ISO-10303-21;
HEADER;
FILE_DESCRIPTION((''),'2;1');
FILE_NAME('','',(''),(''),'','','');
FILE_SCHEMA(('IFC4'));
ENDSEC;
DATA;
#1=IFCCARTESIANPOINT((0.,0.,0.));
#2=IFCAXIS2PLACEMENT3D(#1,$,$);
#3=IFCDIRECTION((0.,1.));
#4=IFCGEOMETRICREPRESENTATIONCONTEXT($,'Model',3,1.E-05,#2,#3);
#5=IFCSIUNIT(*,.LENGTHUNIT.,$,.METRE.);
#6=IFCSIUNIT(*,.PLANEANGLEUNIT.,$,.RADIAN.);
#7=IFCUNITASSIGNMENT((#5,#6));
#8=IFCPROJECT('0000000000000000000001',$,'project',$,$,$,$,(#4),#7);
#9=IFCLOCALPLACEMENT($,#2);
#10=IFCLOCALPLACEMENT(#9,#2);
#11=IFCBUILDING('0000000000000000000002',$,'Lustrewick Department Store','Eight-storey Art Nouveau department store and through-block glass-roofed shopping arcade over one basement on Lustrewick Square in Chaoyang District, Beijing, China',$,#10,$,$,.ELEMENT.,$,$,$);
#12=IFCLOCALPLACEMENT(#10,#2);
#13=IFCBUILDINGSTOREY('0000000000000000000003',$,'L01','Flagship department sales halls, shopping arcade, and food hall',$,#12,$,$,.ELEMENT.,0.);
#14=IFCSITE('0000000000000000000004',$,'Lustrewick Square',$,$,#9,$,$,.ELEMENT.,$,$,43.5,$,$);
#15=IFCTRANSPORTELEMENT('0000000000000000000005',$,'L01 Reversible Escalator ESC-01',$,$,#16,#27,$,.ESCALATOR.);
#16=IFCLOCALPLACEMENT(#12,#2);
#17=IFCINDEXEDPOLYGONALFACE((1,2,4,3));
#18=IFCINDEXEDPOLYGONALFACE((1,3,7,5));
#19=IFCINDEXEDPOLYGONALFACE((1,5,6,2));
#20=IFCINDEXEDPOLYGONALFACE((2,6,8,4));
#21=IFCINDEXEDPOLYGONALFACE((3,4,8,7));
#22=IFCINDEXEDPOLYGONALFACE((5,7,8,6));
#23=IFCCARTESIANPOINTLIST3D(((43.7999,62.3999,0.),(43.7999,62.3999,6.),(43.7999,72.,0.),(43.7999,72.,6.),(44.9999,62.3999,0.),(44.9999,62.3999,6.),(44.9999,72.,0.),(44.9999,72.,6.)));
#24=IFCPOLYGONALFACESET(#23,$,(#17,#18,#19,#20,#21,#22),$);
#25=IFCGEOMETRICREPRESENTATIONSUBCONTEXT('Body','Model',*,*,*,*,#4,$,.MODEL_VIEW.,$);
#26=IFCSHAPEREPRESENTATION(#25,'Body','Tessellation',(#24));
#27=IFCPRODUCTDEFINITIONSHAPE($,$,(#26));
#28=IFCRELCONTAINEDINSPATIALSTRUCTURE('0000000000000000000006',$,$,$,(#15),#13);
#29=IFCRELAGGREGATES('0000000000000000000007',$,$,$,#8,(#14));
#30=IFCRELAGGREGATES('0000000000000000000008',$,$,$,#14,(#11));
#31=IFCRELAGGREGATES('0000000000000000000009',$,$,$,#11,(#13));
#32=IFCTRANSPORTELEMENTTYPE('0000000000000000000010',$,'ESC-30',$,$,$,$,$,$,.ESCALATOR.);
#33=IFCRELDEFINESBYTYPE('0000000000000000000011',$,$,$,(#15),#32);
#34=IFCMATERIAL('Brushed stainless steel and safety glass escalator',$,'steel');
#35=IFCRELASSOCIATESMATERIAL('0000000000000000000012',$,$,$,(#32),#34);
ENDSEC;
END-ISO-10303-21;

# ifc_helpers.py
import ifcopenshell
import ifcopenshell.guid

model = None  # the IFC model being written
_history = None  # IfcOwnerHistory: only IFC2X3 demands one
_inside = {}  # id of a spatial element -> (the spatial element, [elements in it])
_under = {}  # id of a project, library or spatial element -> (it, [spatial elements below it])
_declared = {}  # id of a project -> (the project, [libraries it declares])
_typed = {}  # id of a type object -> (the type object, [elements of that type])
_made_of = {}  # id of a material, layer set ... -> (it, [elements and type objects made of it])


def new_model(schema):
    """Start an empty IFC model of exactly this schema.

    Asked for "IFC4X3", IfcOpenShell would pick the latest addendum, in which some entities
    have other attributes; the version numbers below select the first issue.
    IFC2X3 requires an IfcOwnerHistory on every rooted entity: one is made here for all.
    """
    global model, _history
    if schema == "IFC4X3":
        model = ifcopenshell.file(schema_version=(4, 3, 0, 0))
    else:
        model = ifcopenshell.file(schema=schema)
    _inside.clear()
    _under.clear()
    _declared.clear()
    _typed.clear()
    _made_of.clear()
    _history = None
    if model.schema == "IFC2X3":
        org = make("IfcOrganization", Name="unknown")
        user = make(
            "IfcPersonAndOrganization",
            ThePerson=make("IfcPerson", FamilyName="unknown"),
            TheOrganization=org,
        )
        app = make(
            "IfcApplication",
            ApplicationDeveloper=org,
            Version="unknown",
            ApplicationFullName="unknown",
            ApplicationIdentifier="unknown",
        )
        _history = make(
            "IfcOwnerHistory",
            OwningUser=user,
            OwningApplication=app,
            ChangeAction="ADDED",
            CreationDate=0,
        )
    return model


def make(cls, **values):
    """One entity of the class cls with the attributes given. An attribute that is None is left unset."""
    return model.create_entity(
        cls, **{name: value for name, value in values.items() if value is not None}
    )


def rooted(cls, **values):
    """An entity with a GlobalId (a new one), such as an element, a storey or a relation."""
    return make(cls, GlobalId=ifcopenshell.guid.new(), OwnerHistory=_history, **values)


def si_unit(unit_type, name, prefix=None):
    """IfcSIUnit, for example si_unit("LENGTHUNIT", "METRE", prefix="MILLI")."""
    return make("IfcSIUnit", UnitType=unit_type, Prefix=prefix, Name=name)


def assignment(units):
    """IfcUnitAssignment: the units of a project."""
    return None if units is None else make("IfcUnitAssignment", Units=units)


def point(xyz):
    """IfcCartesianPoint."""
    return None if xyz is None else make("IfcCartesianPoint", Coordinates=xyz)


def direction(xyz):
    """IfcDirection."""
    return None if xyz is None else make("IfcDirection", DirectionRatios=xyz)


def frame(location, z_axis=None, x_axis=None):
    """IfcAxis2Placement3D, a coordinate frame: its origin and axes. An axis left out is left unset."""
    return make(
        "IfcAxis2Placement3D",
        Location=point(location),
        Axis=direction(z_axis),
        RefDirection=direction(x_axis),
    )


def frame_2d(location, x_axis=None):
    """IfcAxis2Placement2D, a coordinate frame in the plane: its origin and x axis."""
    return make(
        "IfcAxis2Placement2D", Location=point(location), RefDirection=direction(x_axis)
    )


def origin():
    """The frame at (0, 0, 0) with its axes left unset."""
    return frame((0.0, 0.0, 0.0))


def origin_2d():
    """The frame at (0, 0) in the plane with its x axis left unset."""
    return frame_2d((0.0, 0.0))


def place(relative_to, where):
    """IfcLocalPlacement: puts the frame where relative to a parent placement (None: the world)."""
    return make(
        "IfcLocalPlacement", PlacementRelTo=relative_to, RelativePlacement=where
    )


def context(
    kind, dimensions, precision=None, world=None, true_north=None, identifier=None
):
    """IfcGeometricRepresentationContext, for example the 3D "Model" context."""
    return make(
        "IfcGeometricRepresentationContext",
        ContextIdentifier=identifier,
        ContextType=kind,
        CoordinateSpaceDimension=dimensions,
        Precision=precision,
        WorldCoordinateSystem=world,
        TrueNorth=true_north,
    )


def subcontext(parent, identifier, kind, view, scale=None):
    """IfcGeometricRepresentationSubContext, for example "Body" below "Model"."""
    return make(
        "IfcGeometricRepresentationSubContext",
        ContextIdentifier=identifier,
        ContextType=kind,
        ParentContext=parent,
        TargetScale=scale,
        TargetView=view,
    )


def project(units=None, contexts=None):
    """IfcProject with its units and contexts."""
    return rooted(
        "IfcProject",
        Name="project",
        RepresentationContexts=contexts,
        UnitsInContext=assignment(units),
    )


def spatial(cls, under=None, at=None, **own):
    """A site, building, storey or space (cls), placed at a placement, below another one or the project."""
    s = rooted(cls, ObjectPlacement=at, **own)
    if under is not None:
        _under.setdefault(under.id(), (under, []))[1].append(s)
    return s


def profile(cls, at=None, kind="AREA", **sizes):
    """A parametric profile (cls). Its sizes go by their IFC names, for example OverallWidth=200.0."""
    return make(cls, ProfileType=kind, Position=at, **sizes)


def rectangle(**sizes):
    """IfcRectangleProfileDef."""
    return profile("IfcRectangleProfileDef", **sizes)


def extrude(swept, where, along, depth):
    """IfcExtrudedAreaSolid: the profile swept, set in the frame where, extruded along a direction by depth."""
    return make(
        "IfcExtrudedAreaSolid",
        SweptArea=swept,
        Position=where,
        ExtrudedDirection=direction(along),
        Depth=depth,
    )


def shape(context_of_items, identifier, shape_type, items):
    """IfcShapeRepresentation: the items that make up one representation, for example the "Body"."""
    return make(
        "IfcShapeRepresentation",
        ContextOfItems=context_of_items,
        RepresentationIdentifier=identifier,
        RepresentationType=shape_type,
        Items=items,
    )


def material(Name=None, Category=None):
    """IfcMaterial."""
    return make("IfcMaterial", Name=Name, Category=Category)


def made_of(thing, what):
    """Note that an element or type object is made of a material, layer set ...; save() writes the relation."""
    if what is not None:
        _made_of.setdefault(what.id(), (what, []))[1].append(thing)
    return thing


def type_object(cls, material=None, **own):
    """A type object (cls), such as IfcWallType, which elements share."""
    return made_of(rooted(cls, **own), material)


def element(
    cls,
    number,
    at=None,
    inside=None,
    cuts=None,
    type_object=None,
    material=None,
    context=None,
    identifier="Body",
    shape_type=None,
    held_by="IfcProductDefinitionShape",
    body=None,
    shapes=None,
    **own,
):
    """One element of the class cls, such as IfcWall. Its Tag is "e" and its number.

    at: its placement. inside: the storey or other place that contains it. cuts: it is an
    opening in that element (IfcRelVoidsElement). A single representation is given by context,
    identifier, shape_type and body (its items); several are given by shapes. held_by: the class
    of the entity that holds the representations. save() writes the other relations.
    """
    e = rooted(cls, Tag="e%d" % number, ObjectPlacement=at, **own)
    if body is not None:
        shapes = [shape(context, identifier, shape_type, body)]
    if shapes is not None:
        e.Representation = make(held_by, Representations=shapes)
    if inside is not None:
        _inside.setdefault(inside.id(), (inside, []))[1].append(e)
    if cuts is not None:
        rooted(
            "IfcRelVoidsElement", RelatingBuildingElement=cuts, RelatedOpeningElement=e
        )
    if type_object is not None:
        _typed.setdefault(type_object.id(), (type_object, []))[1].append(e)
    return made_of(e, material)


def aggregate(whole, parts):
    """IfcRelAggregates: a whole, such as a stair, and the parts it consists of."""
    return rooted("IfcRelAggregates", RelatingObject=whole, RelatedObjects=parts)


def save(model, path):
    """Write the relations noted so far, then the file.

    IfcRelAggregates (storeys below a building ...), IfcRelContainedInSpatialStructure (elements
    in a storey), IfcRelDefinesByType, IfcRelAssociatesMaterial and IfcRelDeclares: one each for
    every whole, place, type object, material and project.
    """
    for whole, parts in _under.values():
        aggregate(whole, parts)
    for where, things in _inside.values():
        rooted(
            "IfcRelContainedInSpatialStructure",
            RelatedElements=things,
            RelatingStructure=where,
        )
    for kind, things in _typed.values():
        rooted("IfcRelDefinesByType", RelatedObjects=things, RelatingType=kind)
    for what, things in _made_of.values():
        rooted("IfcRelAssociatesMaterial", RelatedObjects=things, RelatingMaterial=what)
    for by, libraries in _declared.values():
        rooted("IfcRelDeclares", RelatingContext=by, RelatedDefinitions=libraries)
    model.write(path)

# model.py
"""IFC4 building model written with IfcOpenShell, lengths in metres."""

from ifc_helpers import new_model, si_unit, direction, frame, origin, origin_2d, place, context, subcontext, project, spatial, rectangle, extrude, material, type_object, element, save


model = new_model("IFC4")

# Units and contexts
model_context = context("Model", 3, precision=1e-05, world=origin(), true_north=direction((0.0, 1.0)))
body_context = subcontext(model_context, "Body", "Model", "MODEL_VIEW")
ifc_project = project(units=[si_unit("LENGTHUNIT", "METRE"), si_unit("PLANEANGLEUNIT", "RADIAN")], contexts=[model_context])

# Site, building, storey
site_placement = place(None, origin())
site = spatial("IfcSite", under=ifc_project, at=site_placement, Name="Lustrewick Square", CompositionType="ELEMENT", RefElevation=43.5)
building_placement = place(site_placement, origin())
building = spatial("IfcBuilding", under=site, at=building_placement, Name="Lustrewick Department Store", Description="Eight-storey Art Nouveau department store and through-block glass-roofed shopping arcade over one basement on Lustrewick Square in Chaoyang District, Beijing, China", CompositionType="ELEMENT")
storey_placement = place(building_placement, origin())
storey = spatial("IfcBuildingStorey", under=building, at=storey_placement, Name="L01", Description="Flagship department sales halls, shopping arcade, and food hall", CompositionType="ELEMENT", Elevation=0.0)

# Transport element
ifc_material_1 = material(Name="Brushed stainless steel and safety glass escalator", Category="steel")
transport_element_type = type_object("IfcTransportElementType", Name="ESC-30", PredefinedType="ESCALATOR", material=ifc_material_1)
transport_element_placement = place(storey_placement, frame((44.3999, 67.2, 0.0), z_axis=(0.0, 0.0, 1.0), x_axis=(1.0, 0.0, 0.0)))
element("IfcTransportElement", 1, at=transport_element_placement, inside=storey, type_object=transport_element_type, Name="L01 Reversible Escalator ESC-01", PredefinedType="ESCALATOR", context=body_context, shape_type="SweptSolid", body=[
    extrude(rectangle(XDim=1.2, YDim=9.6001, at=origin_2d()), origin(), (0.0, 0.0, 1.0), 6.0),
])

save(model, "model.ifc")
